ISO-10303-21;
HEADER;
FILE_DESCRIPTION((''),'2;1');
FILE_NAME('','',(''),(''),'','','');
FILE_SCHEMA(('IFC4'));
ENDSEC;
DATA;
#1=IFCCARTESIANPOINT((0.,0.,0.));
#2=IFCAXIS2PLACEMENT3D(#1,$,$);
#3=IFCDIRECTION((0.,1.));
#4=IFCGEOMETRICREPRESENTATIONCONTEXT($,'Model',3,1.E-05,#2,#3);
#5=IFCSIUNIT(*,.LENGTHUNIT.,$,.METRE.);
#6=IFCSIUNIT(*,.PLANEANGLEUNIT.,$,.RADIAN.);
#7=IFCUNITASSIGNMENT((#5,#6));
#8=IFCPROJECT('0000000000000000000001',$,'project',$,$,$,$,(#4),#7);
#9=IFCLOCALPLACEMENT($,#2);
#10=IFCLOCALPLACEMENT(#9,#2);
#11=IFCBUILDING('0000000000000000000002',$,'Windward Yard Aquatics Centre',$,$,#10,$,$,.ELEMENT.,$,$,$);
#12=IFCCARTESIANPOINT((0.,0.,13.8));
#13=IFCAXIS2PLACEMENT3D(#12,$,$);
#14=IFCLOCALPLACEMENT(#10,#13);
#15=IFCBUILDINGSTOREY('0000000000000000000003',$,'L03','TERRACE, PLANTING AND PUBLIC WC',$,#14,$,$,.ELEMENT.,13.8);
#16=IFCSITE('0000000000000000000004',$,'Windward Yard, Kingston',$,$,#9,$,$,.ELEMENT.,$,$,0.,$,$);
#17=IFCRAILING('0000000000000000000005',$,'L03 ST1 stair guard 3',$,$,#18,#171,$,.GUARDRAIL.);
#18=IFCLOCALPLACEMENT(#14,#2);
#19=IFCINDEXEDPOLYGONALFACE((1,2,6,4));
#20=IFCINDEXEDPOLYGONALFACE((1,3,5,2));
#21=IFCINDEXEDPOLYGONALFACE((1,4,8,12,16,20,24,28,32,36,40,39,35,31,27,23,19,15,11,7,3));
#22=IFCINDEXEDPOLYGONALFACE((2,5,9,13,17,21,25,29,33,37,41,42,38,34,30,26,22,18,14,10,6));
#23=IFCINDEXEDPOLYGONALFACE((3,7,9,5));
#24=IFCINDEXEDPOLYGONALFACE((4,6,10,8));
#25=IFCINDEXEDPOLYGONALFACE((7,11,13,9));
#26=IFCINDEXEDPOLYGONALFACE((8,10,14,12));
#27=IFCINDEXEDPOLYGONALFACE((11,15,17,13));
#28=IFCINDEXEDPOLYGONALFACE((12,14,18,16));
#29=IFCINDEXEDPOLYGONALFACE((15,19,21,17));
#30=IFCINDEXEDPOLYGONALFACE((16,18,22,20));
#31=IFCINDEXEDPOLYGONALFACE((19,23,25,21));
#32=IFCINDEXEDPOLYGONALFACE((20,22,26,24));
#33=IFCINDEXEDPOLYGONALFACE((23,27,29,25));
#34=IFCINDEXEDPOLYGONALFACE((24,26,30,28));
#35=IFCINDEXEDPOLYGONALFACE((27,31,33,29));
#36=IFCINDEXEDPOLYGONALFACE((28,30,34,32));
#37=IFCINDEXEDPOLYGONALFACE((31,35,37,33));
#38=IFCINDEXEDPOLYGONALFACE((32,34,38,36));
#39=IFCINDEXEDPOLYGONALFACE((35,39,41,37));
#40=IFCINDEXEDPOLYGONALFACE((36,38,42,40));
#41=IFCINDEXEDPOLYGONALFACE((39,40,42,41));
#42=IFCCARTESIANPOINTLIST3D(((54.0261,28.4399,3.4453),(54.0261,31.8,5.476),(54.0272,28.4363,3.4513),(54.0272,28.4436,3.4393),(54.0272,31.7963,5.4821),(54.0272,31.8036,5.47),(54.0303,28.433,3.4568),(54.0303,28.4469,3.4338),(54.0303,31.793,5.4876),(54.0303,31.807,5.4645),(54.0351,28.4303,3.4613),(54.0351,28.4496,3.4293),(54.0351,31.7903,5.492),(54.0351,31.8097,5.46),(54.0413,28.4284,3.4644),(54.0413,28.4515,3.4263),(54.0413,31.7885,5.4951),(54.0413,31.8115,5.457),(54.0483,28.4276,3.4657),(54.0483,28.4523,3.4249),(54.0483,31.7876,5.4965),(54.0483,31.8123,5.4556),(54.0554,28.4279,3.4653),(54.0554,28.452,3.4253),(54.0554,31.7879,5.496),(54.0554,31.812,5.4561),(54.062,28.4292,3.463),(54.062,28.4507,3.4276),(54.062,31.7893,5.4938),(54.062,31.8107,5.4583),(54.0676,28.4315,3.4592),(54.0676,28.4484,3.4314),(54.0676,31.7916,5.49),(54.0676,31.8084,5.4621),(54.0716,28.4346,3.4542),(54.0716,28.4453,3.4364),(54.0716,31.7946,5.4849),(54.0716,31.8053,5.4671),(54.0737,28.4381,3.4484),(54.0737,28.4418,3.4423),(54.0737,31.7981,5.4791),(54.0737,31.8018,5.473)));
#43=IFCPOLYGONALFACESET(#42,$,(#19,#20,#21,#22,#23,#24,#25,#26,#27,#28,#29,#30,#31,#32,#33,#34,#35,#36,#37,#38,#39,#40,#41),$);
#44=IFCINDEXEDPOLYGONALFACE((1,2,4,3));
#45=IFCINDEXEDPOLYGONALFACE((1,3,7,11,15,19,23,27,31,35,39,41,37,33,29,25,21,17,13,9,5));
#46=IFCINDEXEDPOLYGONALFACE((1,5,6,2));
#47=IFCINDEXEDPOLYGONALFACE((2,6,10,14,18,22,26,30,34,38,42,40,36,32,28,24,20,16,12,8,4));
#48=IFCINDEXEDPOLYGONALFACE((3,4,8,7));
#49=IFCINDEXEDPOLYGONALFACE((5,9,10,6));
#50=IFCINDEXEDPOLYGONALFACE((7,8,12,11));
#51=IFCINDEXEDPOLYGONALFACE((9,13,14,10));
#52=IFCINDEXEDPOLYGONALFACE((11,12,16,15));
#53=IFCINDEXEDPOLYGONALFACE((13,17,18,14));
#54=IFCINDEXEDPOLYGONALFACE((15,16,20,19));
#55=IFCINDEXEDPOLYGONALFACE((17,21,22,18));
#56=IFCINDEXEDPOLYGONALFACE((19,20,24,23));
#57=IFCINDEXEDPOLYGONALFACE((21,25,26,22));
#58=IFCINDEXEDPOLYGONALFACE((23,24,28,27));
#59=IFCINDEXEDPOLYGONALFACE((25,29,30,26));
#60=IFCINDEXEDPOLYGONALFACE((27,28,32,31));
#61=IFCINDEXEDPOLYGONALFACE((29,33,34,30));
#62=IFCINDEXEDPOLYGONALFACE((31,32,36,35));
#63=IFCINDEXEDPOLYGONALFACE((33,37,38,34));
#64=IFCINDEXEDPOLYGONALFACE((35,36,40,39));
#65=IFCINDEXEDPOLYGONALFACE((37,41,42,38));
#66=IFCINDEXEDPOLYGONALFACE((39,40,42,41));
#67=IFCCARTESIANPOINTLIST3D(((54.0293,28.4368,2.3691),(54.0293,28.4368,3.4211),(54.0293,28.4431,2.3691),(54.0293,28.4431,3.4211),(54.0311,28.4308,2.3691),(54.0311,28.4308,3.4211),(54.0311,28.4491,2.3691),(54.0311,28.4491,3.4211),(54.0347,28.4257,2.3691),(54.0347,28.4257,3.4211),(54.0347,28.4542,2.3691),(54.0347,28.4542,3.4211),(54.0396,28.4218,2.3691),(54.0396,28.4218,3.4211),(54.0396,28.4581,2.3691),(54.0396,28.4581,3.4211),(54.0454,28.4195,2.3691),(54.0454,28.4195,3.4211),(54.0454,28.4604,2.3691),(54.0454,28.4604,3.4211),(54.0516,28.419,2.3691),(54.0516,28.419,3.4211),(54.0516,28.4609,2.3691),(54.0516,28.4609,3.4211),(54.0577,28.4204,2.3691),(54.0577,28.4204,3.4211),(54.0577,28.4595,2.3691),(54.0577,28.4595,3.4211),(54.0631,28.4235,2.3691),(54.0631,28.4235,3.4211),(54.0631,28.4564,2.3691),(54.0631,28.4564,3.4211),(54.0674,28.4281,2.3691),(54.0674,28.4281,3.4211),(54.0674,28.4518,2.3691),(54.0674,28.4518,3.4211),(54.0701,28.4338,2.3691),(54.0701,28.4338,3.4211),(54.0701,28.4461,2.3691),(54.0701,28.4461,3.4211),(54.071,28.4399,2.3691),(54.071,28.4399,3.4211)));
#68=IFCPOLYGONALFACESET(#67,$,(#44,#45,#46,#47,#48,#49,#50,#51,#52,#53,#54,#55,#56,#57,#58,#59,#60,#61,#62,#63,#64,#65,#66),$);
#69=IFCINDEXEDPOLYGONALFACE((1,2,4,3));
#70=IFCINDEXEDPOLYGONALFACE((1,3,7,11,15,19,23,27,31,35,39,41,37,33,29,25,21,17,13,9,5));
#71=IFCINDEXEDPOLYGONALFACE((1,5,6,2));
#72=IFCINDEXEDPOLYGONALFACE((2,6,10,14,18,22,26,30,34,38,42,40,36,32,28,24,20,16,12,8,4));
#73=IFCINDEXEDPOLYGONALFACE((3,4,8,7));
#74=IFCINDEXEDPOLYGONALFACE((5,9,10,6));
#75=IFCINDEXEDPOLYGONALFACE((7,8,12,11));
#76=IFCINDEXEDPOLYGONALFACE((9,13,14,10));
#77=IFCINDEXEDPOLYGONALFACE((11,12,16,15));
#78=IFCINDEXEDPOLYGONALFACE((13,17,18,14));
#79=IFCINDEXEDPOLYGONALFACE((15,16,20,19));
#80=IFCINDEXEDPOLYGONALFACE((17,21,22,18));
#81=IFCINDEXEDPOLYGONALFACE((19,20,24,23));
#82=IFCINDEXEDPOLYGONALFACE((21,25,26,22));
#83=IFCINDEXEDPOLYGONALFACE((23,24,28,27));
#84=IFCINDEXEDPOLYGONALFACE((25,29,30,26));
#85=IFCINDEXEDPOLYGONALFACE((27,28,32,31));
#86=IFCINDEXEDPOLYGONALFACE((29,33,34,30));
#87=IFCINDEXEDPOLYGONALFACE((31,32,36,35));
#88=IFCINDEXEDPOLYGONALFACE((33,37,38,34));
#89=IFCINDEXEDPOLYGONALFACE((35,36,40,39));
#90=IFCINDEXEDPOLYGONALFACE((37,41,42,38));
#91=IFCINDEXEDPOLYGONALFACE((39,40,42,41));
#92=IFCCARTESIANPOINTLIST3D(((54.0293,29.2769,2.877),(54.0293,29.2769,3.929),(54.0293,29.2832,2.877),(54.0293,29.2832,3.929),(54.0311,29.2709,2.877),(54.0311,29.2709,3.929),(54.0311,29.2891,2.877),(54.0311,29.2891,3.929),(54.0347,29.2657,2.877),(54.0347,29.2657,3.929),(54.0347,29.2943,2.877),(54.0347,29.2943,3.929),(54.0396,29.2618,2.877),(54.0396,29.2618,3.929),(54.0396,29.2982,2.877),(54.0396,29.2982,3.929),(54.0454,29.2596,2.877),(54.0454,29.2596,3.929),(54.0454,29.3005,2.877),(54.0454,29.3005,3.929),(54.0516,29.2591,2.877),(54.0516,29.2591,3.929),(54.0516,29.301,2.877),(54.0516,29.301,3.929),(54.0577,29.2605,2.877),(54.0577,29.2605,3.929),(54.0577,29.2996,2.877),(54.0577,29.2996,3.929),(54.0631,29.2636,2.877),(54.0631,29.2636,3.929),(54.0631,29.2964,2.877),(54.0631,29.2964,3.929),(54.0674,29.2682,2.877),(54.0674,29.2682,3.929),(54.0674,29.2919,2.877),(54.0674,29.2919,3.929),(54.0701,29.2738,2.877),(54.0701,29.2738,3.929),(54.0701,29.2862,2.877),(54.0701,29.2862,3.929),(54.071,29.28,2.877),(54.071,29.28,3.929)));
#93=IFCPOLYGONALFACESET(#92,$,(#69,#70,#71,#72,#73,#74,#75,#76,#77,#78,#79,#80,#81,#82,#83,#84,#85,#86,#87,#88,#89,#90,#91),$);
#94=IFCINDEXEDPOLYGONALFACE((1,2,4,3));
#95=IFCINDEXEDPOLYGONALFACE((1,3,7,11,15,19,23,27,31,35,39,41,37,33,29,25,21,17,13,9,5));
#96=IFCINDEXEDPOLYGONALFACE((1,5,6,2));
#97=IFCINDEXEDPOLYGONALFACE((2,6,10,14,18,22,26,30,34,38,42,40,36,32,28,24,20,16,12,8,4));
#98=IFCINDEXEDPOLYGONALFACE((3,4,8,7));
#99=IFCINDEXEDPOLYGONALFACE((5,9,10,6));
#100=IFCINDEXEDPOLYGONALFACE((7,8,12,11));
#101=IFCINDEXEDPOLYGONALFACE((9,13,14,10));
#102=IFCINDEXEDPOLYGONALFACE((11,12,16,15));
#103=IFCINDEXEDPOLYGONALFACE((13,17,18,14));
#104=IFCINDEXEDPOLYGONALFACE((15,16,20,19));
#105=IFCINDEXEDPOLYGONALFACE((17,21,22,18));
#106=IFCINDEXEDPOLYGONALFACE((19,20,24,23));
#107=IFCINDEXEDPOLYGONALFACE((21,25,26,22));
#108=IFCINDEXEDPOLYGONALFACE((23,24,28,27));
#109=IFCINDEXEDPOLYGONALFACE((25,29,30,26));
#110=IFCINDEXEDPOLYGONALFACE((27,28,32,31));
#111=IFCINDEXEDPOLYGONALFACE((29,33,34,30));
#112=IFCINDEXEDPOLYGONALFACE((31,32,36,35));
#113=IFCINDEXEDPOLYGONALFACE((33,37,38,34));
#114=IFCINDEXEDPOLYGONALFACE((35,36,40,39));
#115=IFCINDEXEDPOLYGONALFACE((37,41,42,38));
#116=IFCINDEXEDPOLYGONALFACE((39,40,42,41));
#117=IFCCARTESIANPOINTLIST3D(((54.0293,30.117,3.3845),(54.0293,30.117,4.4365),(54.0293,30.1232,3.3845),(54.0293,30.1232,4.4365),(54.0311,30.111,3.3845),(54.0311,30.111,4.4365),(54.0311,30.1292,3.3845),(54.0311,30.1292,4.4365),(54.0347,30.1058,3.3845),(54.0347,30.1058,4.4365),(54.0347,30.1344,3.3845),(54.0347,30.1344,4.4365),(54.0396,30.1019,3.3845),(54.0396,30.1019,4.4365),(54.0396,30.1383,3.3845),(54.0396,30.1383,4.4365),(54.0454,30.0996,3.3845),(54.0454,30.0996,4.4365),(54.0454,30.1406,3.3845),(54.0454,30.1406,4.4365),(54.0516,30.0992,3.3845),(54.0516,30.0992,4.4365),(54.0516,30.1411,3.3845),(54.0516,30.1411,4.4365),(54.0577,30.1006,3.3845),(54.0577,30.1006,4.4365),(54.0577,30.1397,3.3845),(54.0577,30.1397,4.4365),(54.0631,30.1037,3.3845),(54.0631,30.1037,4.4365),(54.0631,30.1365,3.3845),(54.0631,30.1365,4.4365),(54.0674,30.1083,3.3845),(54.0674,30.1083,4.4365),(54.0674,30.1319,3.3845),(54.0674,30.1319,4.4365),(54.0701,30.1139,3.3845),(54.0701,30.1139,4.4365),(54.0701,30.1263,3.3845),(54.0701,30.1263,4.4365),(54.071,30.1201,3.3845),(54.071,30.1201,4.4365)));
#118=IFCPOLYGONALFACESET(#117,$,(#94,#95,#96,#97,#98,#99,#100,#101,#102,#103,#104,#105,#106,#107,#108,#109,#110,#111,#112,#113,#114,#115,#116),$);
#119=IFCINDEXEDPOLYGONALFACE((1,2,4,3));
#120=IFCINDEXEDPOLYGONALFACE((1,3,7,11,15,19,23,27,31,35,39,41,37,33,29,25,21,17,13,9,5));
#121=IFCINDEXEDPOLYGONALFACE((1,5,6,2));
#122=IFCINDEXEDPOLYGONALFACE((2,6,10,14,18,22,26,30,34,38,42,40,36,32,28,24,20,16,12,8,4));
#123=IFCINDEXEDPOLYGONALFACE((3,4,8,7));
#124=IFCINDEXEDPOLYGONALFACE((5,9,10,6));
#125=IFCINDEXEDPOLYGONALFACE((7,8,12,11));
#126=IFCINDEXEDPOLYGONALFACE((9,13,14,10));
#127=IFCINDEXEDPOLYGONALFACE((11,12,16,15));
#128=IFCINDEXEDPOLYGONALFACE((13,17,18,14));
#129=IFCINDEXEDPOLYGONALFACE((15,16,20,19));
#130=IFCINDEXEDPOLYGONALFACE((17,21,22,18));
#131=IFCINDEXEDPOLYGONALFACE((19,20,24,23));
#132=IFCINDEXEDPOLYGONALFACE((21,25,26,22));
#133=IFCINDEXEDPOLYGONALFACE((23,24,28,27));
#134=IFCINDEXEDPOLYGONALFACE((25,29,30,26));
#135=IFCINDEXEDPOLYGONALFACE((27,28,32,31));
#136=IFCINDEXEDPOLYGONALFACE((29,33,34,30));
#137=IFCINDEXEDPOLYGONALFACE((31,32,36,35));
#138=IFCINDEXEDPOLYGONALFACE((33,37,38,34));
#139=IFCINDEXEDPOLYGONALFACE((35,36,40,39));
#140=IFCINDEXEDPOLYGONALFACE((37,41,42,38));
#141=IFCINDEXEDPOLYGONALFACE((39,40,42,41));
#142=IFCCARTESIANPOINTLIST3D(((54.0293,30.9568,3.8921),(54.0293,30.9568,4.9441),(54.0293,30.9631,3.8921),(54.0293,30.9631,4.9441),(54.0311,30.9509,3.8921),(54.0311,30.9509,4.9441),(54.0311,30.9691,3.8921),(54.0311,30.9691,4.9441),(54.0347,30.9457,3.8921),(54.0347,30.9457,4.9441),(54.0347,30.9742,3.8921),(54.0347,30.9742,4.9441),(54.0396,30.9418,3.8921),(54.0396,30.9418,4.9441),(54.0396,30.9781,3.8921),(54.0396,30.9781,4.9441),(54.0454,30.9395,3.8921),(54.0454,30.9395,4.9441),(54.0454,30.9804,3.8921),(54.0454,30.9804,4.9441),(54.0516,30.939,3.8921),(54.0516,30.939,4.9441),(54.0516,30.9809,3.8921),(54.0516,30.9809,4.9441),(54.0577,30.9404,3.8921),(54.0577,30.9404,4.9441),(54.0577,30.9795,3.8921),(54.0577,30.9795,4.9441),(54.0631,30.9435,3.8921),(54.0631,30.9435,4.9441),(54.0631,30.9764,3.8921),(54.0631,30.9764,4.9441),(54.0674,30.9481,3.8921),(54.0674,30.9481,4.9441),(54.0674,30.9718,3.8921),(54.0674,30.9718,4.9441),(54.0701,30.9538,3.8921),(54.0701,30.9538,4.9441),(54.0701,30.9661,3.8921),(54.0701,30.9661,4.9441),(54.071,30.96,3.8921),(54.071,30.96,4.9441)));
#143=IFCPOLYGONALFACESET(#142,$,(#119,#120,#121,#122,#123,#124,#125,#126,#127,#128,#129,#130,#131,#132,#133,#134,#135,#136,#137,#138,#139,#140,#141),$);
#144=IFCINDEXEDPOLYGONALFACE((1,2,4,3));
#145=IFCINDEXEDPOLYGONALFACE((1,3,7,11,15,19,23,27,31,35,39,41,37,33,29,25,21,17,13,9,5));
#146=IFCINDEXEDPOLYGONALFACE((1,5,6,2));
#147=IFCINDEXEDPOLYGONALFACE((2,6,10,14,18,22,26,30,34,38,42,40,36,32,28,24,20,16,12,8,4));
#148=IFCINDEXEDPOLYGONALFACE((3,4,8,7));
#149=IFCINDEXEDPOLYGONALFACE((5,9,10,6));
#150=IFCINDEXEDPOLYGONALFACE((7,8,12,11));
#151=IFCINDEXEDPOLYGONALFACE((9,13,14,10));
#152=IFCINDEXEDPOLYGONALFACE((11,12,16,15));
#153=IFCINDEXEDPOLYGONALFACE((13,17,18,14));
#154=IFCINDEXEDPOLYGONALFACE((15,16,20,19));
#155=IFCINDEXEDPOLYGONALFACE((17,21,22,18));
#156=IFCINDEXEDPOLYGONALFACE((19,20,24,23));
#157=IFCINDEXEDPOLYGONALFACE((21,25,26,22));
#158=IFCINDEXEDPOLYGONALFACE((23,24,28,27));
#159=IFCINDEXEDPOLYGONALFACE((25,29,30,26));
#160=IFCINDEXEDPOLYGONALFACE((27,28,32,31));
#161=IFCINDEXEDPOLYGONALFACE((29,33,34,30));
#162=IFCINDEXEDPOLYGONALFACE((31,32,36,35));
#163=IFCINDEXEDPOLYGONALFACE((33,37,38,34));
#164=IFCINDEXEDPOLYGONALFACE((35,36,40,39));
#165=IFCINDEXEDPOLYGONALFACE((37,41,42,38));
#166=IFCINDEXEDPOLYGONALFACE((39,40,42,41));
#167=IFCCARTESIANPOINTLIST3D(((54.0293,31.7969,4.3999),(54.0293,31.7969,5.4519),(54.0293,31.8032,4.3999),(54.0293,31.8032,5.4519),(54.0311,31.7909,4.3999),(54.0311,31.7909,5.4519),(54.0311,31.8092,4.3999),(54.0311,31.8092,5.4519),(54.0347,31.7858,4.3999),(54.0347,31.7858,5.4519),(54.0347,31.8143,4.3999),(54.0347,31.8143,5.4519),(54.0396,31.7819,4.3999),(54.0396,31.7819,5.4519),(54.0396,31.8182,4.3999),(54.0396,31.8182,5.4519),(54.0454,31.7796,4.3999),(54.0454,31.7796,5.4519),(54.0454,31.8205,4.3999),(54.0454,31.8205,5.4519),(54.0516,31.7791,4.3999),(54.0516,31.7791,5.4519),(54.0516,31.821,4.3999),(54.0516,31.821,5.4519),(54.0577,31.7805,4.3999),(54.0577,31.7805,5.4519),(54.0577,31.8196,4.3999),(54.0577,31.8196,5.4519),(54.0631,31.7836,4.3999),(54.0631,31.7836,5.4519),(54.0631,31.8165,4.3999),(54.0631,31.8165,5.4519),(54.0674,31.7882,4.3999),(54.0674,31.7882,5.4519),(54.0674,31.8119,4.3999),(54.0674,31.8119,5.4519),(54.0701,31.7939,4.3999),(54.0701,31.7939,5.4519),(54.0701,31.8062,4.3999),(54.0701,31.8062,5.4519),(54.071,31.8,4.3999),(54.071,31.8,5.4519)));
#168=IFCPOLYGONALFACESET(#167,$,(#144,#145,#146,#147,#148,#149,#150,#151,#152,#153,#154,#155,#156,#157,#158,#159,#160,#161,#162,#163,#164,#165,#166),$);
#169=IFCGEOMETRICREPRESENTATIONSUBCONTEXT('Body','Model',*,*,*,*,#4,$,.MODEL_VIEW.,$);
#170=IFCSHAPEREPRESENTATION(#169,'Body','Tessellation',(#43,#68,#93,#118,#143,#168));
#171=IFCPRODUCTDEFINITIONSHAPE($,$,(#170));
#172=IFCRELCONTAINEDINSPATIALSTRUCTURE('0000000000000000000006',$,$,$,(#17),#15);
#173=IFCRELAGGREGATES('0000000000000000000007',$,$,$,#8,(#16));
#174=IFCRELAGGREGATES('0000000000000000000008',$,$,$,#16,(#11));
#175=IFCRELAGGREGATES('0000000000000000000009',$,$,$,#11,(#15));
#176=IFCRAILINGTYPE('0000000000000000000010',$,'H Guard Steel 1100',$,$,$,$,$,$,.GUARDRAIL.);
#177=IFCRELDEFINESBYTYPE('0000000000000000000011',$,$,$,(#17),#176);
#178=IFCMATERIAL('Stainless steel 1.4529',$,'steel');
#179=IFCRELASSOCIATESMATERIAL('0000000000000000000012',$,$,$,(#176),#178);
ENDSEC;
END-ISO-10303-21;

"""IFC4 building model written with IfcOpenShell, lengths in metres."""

from ifc_helpers import new_model, si_unit, direction, frame, origin, origin_2d, place, context, subcontext, project, spatial, circle, extrude, material, type_object, element, save


model = new_model("IFC4")

# Units and contexts
model_context = context("Model", 3, precision=1e-05, world=origin(), true_north=direction((0.0, 1.0)))
body_context = subcontext(model_context, "Body", "Model", "MODEL_VIEW")
ifc_project = project(units=[si_unit("LENGTHUNIT", "METRE"), si_unit("PLANEANGLEUNIT", "RADIAN")], contexts=[model_context])

# Site, building, storey
site_placement = place(None, origin())
site = spatial("IfcSite", under=ifc_project, at=site_placement, Name="Windward Yard, Kingston", CompositionType="ELEMENT", RefElevation=0.0)
building_placement = place(site_placement, origin())
building = spatial("IfcBuilding", under=site, at=building_placement, Name="Windward Yard Aquatics Centre", CompositionType="ELEMENT")
storey_placement = place(building_placement, frame((0.0, 0.0, 13.8)))
storey = spatial("IfcBuildingStorey", under=building, at=storey_placement, Name="L03", Description="TERRACE, PLANTING AND PUBLIC WC", CompositionType="ELEMENT", Elevation=13.8)

# Railing
ifc_material_1 = material(Name="Stainless steel 1.4529", Category="steel")
railing_type_1 = type_object("IfcRailingType", Name="H Guard Steel 1100", PredefinedType="GUARDRAIL", material=ifc_material_1)
railing_1_placement = place(storey_placement, frame((54.05, 28.4399, 2.3691)))
element("IfcRailing", 1, at=railing_1_placement, inside=storey, type_object=railing_type_1, Name="L03 ST1 stair guard 3", PredefinedType="GUARDRAIL", context=body_context, shape_type="SweptSolid", body=[
    extrude(circle(Radius=0.0239, at=origin_2d()), frame((0.0, 0.0, 1.0762), z_axis=(0.0, 0.855837, 0.517246), x_axis=(-1.0, 0.0, 0.0)), (0.0, 0.0, 1.0), 3.926),
    extrude(circle(Radius=0.021, at=origin_2d()), origin(), (0.0, 0.0, 1.0), 1.052),
    extrude(circle(Radius=0.021, at=origin_2d()), frame((0.0, 0.8401, 0.5078)), (0.0, 0.0, 1.0), 1.052),
    extrude(circle(Radius=0.021, at=origin_2d()), frame((0.0, 1.6802, 1.0154)), (0.0, 0.0, 1.0), 1.052),
    extrude(circle(Radius=0.021, at=origin_2d()), frame((0.0, 2.52, 1.5229)), (0.0, 0.0, 1.0), 1.052),
    extrude(circle(Radius=0.021, at=origin_2d()), frame((0.0, 3.3601, 2.0308)), (0.0, 0.0, 1.0), 1.052),
])

save(model, "model.ifc")
